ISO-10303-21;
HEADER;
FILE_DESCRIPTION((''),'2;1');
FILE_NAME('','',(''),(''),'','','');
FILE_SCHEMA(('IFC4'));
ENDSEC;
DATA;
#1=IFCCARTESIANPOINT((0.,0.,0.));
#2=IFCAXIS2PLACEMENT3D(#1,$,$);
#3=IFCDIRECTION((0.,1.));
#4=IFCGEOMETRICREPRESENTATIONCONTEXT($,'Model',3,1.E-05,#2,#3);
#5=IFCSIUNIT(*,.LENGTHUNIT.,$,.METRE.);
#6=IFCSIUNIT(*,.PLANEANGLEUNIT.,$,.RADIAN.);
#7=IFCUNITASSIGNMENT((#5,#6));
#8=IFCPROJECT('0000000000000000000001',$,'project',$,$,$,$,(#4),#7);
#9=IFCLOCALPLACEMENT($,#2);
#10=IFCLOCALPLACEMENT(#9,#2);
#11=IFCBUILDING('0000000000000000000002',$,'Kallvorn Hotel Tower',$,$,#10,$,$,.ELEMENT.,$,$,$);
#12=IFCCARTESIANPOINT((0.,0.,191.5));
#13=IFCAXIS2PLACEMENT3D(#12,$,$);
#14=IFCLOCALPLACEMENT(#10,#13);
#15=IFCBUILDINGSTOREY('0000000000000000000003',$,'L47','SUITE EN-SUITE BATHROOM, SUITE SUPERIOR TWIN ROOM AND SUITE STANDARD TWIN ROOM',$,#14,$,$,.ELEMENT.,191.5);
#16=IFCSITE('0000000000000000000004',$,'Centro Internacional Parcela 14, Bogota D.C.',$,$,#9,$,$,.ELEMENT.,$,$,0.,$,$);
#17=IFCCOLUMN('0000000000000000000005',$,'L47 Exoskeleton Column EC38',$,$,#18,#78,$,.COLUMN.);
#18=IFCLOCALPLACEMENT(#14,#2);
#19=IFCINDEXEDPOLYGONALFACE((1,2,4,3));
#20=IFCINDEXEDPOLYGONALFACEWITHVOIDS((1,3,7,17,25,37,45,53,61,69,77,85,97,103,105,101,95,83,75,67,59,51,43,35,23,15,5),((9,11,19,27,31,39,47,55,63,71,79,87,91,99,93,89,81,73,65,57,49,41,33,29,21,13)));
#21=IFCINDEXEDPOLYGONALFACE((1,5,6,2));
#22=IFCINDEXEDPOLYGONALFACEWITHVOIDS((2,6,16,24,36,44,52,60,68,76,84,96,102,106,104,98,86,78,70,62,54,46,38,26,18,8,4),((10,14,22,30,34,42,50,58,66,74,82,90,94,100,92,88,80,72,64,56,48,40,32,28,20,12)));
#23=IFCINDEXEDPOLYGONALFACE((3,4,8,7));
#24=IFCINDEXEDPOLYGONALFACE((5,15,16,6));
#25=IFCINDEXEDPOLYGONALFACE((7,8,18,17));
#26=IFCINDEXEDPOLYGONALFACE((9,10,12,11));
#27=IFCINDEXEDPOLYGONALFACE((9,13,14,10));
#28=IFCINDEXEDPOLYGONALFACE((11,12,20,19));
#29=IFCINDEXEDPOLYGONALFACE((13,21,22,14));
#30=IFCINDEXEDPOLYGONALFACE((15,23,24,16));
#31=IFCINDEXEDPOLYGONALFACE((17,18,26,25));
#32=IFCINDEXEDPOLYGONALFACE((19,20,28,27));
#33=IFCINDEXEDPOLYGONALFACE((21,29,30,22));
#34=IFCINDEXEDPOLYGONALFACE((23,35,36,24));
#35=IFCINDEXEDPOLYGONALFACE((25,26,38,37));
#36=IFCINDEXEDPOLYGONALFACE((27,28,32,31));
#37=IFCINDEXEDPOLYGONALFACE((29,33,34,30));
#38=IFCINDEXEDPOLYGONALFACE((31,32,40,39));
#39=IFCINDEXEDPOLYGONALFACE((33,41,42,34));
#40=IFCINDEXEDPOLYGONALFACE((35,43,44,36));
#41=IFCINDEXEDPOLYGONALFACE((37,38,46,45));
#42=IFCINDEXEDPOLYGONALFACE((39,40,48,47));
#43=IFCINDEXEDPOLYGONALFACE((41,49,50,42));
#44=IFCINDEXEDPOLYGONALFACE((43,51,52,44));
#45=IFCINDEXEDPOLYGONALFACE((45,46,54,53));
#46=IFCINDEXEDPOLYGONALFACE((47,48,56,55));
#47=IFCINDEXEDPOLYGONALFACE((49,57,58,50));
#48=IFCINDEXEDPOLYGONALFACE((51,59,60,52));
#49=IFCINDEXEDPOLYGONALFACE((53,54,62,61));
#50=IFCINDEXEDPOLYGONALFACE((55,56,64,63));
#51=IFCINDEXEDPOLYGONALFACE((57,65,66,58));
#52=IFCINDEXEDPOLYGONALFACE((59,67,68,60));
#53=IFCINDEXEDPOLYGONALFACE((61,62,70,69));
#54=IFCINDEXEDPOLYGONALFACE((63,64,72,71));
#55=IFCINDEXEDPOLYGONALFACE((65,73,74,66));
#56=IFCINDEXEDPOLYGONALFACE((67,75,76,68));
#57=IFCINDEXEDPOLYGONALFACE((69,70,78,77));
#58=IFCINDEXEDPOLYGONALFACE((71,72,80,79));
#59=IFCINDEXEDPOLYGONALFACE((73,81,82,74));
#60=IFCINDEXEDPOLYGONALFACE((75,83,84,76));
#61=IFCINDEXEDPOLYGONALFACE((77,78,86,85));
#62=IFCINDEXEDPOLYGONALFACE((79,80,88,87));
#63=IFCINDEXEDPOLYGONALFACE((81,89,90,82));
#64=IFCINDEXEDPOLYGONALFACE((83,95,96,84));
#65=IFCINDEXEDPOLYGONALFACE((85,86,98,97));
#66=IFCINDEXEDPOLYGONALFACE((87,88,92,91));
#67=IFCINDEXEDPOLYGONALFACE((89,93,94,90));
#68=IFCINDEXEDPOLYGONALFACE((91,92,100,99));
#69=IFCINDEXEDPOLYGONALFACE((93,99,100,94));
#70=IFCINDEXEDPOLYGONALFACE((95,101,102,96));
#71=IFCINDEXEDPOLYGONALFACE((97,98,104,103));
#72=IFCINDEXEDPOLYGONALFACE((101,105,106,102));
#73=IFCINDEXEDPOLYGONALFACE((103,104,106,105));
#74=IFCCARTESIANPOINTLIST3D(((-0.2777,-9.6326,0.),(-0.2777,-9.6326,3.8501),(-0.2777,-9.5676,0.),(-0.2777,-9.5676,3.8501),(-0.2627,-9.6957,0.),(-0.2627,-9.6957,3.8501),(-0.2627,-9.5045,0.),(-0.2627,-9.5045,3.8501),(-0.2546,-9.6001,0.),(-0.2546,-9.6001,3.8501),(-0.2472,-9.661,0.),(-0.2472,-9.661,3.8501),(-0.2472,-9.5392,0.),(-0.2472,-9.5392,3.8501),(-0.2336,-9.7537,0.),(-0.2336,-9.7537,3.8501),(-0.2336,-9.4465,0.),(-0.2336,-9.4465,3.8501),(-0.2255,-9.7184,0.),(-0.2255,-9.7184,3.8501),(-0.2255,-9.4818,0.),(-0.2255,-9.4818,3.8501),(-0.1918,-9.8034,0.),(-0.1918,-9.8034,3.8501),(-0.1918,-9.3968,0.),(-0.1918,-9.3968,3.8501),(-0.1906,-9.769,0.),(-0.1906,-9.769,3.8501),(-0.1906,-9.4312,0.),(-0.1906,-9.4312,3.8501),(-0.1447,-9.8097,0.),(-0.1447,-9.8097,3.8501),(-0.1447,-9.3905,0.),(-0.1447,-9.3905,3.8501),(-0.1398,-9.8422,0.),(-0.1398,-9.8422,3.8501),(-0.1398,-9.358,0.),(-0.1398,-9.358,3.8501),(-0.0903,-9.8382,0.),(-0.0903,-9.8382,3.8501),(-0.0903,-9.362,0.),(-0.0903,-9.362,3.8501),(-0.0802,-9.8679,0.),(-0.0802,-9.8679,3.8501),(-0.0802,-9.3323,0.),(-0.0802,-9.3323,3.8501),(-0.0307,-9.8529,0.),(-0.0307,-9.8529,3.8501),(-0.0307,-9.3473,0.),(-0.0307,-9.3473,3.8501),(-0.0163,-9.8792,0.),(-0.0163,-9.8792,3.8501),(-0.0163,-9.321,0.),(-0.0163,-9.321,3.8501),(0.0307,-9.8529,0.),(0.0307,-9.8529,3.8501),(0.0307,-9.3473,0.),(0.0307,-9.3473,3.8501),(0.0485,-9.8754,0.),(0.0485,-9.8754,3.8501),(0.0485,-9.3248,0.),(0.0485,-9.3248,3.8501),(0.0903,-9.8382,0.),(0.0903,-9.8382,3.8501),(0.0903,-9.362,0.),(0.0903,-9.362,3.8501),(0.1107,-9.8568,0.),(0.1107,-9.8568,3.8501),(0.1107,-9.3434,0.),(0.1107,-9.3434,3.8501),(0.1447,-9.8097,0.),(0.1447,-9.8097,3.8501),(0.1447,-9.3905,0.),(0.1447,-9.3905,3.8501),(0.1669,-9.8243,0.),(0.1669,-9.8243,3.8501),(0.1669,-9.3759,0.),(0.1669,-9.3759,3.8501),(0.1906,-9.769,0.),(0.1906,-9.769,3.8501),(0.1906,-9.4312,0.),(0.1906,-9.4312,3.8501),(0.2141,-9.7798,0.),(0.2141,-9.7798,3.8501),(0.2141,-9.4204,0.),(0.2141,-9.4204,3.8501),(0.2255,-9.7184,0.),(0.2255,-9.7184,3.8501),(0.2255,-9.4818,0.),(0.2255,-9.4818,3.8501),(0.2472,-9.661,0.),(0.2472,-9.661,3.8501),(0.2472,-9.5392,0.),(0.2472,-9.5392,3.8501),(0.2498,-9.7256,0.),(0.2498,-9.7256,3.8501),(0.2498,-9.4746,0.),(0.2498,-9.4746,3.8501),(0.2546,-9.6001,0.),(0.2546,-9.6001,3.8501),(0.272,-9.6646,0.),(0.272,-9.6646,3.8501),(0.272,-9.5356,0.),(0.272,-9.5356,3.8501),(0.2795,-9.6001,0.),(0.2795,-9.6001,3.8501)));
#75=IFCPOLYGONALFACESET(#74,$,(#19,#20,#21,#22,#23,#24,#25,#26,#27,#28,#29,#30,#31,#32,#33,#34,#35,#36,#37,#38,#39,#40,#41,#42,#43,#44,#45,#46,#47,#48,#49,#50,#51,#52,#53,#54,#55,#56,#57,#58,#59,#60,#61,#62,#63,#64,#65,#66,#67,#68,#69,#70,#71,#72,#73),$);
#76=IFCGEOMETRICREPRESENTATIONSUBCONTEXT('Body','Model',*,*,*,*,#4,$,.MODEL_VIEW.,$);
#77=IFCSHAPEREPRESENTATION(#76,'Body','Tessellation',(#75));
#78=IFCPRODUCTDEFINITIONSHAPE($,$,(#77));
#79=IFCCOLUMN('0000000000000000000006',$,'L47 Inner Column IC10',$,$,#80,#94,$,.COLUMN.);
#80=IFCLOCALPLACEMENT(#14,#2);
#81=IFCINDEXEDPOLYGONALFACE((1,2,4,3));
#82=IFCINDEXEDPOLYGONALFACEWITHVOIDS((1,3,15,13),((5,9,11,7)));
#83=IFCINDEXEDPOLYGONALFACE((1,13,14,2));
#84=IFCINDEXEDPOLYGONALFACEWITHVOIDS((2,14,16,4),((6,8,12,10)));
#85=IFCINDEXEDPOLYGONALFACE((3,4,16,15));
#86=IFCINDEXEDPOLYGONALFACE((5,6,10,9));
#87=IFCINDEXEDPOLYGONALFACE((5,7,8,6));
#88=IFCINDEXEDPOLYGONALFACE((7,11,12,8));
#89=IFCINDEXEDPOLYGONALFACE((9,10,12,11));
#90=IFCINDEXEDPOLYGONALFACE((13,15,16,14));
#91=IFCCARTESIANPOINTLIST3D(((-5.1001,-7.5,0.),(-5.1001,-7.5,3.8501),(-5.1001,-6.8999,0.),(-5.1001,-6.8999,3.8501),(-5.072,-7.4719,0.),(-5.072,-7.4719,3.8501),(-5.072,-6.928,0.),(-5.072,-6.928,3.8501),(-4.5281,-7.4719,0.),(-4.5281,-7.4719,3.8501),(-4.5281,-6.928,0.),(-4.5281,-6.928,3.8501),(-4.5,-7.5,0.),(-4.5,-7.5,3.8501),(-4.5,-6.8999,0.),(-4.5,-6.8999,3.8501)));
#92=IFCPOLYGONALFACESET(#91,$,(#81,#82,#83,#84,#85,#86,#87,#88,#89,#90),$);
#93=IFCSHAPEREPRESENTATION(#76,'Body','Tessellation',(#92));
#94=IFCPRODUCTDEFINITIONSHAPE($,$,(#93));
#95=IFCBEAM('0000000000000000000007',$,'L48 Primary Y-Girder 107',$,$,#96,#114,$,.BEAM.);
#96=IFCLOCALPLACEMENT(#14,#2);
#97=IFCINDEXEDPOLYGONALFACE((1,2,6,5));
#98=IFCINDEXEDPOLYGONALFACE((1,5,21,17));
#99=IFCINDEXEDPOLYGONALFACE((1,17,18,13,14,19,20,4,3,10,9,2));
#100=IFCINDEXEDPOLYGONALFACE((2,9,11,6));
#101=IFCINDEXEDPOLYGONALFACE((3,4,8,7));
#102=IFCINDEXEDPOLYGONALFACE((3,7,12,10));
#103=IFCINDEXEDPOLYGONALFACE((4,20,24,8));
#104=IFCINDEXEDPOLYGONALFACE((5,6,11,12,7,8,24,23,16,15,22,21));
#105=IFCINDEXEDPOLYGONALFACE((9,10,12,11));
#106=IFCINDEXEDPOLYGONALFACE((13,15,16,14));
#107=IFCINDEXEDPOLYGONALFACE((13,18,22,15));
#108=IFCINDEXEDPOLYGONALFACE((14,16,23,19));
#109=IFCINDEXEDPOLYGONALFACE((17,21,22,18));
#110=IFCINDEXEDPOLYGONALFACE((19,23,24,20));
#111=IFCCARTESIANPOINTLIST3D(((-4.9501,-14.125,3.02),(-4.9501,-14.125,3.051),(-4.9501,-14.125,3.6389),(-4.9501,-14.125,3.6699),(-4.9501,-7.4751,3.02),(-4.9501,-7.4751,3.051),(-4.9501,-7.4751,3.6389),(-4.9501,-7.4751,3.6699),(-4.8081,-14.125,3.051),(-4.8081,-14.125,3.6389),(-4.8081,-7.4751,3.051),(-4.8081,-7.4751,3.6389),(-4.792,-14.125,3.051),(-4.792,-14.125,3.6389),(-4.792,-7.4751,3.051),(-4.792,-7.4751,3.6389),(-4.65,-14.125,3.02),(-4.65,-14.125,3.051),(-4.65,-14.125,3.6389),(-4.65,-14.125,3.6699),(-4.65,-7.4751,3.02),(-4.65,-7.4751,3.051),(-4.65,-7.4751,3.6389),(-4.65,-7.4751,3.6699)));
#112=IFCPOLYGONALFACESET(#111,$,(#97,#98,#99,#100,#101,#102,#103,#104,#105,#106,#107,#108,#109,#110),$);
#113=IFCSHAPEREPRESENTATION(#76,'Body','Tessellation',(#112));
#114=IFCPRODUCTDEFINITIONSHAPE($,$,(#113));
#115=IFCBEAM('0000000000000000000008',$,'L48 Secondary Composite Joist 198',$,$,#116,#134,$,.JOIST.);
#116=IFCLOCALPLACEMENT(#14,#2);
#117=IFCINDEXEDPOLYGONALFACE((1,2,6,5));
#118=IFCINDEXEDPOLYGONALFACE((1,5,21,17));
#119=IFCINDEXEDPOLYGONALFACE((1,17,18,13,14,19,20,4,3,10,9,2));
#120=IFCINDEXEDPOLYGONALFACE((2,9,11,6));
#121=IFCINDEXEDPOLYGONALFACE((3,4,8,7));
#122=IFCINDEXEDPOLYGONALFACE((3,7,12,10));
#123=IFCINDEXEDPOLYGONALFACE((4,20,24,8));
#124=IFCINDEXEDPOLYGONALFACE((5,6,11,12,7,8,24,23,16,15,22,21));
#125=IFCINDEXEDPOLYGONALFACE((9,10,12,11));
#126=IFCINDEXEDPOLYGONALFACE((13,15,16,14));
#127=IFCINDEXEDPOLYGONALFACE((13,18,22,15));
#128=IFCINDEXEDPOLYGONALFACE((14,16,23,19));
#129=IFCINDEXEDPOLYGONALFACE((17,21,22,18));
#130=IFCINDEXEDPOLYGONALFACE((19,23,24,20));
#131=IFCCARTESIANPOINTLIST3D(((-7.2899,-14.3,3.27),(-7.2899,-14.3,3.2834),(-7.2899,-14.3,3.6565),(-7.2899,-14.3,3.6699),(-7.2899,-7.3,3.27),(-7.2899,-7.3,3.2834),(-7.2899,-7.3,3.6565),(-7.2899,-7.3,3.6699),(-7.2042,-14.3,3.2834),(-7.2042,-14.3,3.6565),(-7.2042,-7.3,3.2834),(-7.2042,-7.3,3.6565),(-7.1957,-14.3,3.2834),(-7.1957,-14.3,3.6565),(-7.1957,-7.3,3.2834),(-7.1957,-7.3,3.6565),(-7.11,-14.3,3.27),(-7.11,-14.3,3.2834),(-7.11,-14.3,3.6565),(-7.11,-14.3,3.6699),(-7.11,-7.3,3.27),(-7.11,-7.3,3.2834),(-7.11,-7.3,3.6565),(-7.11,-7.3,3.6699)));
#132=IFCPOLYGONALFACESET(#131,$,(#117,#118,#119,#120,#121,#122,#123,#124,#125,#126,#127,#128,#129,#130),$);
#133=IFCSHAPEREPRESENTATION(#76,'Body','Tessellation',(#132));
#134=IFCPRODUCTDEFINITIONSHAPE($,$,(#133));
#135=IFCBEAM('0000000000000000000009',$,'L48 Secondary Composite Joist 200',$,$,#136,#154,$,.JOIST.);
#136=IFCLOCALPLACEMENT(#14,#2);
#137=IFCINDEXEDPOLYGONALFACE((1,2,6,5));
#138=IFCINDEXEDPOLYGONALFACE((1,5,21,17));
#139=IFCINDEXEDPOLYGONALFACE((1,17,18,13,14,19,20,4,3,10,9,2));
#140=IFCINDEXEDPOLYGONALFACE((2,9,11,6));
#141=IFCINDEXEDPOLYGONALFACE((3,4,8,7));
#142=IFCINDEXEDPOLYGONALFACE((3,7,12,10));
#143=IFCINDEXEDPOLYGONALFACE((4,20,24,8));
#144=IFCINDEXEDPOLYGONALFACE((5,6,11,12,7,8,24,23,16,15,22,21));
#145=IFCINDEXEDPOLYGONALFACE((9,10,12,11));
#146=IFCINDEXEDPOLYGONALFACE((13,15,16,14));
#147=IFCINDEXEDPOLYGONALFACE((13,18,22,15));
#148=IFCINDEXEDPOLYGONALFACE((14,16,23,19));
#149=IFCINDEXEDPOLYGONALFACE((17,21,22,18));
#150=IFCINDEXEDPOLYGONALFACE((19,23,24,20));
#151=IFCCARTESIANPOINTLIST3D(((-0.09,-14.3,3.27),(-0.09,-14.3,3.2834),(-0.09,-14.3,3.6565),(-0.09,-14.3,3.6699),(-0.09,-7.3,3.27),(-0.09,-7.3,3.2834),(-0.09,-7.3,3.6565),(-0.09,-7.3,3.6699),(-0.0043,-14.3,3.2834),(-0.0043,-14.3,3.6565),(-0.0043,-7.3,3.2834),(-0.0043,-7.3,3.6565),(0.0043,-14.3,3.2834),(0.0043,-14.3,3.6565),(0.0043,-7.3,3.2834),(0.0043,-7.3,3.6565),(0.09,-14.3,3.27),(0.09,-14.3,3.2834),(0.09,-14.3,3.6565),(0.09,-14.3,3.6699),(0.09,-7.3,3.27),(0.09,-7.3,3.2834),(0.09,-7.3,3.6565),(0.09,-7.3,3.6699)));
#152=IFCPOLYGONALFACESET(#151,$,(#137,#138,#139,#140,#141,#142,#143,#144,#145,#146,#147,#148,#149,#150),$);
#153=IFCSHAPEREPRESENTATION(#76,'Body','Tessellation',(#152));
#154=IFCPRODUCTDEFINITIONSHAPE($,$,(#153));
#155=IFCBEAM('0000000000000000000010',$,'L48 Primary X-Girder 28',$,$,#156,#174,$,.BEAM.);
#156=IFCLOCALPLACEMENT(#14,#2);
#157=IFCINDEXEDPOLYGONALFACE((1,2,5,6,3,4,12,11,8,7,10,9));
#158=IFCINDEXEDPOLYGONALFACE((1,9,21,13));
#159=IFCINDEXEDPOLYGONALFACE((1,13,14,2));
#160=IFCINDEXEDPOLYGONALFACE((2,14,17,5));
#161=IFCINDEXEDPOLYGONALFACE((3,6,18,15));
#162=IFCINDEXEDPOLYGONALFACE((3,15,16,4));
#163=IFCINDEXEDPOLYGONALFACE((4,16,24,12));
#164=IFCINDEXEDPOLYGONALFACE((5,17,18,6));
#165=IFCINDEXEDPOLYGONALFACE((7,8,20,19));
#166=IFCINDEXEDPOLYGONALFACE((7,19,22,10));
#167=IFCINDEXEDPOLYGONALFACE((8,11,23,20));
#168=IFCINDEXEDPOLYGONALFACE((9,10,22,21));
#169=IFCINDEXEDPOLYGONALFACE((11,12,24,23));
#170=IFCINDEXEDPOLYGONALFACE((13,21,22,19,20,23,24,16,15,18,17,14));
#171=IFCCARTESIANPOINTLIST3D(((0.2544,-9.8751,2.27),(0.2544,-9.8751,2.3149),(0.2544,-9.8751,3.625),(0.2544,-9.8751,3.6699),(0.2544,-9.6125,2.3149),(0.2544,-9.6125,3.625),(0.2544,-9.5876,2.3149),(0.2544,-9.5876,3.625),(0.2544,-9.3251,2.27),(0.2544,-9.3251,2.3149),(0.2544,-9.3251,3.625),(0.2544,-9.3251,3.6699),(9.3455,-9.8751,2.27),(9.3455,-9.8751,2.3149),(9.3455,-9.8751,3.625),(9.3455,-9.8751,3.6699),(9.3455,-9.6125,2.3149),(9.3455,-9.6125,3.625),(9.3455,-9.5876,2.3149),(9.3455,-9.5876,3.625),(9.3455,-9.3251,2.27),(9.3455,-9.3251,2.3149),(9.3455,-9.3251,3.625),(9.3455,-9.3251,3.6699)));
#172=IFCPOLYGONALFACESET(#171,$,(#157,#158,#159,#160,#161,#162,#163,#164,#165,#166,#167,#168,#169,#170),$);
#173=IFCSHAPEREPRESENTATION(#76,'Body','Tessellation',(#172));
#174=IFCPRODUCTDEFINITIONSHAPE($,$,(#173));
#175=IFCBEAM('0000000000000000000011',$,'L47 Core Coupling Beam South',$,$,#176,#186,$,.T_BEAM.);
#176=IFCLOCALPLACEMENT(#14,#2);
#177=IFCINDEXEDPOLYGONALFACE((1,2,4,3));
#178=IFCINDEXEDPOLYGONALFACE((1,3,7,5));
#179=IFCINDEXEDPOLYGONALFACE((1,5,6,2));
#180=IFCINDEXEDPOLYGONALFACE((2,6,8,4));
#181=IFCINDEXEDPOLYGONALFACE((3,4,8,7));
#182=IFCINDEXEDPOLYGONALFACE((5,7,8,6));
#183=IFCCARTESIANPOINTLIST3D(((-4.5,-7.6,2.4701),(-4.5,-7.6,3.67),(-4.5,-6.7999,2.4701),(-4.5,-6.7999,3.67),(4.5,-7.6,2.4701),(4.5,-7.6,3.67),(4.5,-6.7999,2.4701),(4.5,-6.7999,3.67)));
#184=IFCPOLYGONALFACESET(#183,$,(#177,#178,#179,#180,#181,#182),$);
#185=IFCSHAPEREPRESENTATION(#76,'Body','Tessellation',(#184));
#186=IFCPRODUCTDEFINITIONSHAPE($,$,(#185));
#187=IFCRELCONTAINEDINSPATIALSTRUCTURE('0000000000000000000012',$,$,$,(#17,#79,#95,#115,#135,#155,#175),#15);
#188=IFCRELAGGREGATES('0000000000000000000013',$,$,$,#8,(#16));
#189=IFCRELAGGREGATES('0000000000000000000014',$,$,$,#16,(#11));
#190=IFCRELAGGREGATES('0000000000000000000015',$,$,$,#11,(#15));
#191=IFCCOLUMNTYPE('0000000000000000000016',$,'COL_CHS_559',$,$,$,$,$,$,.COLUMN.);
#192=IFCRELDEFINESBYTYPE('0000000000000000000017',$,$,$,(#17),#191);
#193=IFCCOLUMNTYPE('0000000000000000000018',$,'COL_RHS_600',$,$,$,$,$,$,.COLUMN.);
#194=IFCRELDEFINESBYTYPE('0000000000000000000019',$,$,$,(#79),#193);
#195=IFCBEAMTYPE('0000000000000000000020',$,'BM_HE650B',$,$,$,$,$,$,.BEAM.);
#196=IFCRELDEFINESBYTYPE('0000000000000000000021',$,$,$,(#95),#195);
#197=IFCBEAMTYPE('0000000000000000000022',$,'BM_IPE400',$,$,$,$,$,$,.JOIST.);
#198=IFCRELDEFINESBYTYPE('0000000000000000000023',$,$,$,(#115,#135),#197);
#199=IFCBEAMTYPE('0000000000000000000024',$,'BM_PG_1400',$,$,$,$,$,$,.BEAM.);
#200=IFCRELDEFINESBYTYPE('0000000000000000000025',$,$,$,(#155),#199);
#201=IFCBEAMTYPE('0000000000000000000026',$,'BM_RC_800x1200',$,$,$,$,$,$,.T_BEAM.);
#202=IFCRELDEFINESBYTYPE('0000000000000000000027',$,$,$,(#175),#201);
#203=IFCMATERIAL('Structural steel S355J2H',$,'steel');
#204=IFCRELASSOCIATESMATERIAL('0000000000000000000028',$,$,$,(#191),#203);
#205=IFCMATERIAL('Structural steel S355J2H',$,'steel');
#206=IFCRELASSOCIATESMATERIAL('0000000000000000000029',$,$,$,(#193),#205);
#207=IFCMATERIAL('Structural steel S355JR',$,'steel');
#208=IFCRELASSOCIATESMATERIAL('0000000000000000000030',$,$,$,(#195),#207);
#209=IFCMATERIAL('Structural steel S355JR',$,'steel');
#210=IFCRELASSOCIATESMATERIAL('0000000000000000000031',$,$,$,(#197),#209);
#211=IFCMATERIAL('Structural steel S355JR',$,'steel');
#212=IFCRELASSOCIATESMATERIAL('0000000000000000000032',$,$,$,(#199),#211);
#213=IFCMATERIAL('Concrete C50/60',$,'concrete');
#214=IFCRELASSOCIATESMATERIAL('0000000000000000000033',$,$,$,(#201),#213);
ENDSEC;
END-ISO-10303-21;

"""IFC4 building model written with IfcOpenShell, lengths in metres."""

from ifc_helpers import new_model, si_unit, direction, frame, origin, origin_2d, place, context, subcontext, project, spatial, rectangle, hollow_rectangle, hollow_circle, i_section, extrude, material, material_profile, profile_set, type_object, element, save


model = new_model("IFC4")

# Units and contexts
model_context = context("Model", 3, precision=1e-05, world=origin(), true_north=direction((0.0, 1.0)))
body_context = subcontext(model_context, "Body", "Model", "MODEL_VIEW")
ifc_project = project(units=[si_unit("LENGTHUNIT", "METRE"), si_unit("PLANEANGLEUNIT", "RADIAN")], contexts=[model_context])

# Site, building, storey
site_placement = place(None, origin())
site = spatial("IfcSite", under=ifc_project, at=site_placement, Name="Centro Internacional Parcela 14, Bogota D.C.", CompositionType="ELEMENT", RefElevation=0.0)
building_placement = place(site_placement, origin())
building = spatial("IfcBuilding", under=site, at=building_placement, Name="Kallvorn Hotel Tower", CompositionType="ELEMENT")
storey_placement = place(building_placement, frame((0.0, 0.0, 191.5)))
storey = spatial("IfcBuildingStorey", under=building, at=storey_placement, Name="L47", Description="SUITE EN-SUITE BATHROOM, SUITE SUPERIOR TWIN ROOM AND SUITE STANDARD TWIN ROOM", CompositionType="ELEMENT", Elevation=191.5)

# Columns
ifc_material_1 = material(Name="Structural steel S355J2H", Category="steel")
ifc_material_profile_1 = material_profile(ifc_material_1, hollow_circle(Radius=0.2795, WallThickness=0.0249, at=origin_2d()), Name="CHS 559x25")
ifc_profile_set_1 = profile_set([ifc_material_profile_1], Name="Structural steel S355J2H")
column_type_1 = type_object("IfcColumnType", Name="COL_CHS_559", PredefinedType="COLUMN", material=ifc_profile_set_1)
column_1_placement = place(storey_placement, frame((0.0, -9.6001, 0.0), z_axis=(0.0, 0.0, 1.0), x_axis=(1.0, 0.0, 0.0)))
element("IfcColumn", 1, at=column_1_placement, inside=storey, type_object=column_type_1, Name="L47 Exoskeleton Column EC38", PredefinedType="COLUMN", context=body_context, shape_type="SweptSolid", body=[
    extrude(hollow_circle(Radius=0.2795, WallThickness=0.0249, at=origin_2d()), origin(), (0.0, 0.0, 1.0), 3.8501),
])
ifc_material_2 = material(Name="Structural steel S355J2H", Category="steel")
ifc_material_profile_2 = material_profile(ifc_material_2, hollow_rectangle(XDim=0.6001, YDim=0.6001, WallThickness=0.0281, at=origin_2d()), Name="RHS 600x600x28")
ifc_profile_set_2 = profile_set([ifc_material_profile_2], Name="Structural steel S355J2H")
column_type_2 = type_object("IfcColumnType", Name="COL_RHS_600", PredefinedType="COLUMN", material=ifc_profile_set_2)
column_2_placement = place(storey_placement, frame((-4.8, -7.2, 0.0), z_axis=(0.0, 0.0, 1.0), x_axis=(1.0, 0.0, 0.0)))
element("IfcColumn", 2, at=column_2_placement, inside=storey, type_object=column_type_2, Name="L47 Inner Column IC10", PredefinedType="COLUMN", context=body_context, shape_type="SweptSolid", body=[
    extrude(hollow_rectangle(XDim=0.6001, YDim=0.6001, WallThickness=0.0281, at=origin_2d()), origin(), (0.0, 0.0, 1.0), 3.8501),
])

# Beams
ifc_material_3 = material(Name="Structural steel S355JR", Category="steel")
ifc_material_profile_3 = material_profile(ifc_material_3, i_section(OverallWidth=0.3, OverallDepth=0.6499, WebThickness=0.0161, FlangeThickness=0.031, at=origin_2d()), Name="HE 650 B")
ifc_profile_set_3 = profile_set([ifc_material_profile_3], Name="Structural steel S355JR")
beam_type_1 = type_object("IfcBeamType", Name="BM_HE650B", PredefinedType="BEAM", material=ifc_profile_set_3)
beam_1_placement = place(storey_placement, frame((-4.8, -14.125, 3.345), z_axis=(0.0, 1.0, 0.0), x_axis=(-1.0, 0.0, 0.0)))
element("IfcBeam", 3, at=beam_1_placement, inside=storey, type_object=beam_type_1, Name="L48 Primary Y-Girder 107", PredefinedType="BEAM", context=body_context, shape_type="SweptSolid", body=[
    extrude(i_section(OverallWidth=0.3, OverallDepth=0.6499, WebThickness=0.0161, FlangeThickness=0.031, at=origin_2d()), origin(), (0.0, 0.0, 1.0), 6.6499),
])
ifc_material_4 = material(Name="Structural steel S355JR", Category="steel")
ifc_material_profile_4 = material_profile(ifc_material_4, i_section(OverallWidth=0.1799, OverallDepth=0.3999, WebThickness=0.0085, FlangeThickness=0.0134, at=origin_2d()), Name="IPE 400")
ifc_profile_set_4 = profile_set([ifc_material_profile_4], Name="Structural steel S355JR")
beam_type_2 = type_object("IfcBeamType", Name="BM_IPE400", PredefinedType="JOIST", material=ifc_profile_set_4)
for number, where, z_axis, x_axis, name in (
    (4, (-7.2, -14.3, 3.47), (0.0, 1.0, 0.0), (-1.0, 0.0, 0.0), "L48 Secondary Composite Joist 198"),
    (5, (0.0, -14.3, 3.47), (0.0, 1.0, 0.0), (-1.0, 0.0, 0.0), "L48 Secondary Composite Joist 200"),
):
    element("IfcBeam", number, at=place(storey_placement, frame(where, z_axis=z_axis, x_axis=x_axis)), inside=storey, type_object=beam_type_2, Name=name, PredefinedType="JOIST", context=body_context, shape_type="SweptSolid", body=[
        extrude(i_section(OverallWidth=0.1799, OverallDepth=0.3999, WebThickness=0.0085, FlangeThickness=0.0134, at=origin_2d()), origin(), (0.0, 0.0, 1.0), 7.0),
    ])
ifc_material_5 = material(Name="Structural steel S355JR", Category="steel")
ifc_material_profile_5 = material_profile(ifc_material_5, i_section(OverallWidth=0.55, OverallDepth=1.3999, WebThickness=0.0249, FlangeThickness=0.0449, at=origin_2d()), Name="PG 1400x550x25x45")
ifc_profile_set_5 = profile_set([ifc_material_profile_5], Name="Structural steel S355JR")
beam_type_3 = type_object("IfcBeamType", Name="BM_PG_1400", PredefinedType="BEAM", material=ifc_profile_set_5)
beam_2_placement = place(storey_placement, frame((0.2544, -9.6001, 2.97), z_axis=(1.0, 0.0, 0.0), x_axis=(0.0, 1.0, 0.0)))
element("IfcBeam", 6, at=beam_2_placement, inside=storey, type_object=beam_type_3, Name="L48 Primary X-Girder 28", PredefinedType="BEAM", context=body_context, shape_type="SweptSolid", body=[
    extrude(i_section(OverallWidth=0.55, OverallDepth=1.3999, WebThickness=0.0249, FlangeThickness=0.0449, at=origin_2d()), origin(), (0.0, 0.0, 1.0), 9.0911),
])
ifc_material_6 = material(Name="Concrete C50/60", Category="concrete")
ifc_material_profile_6 = material_profile(ifc_material_6, rectangle(XDim=0.8, YDim=1.2, at=origin_2d()), Name="RC 800x1200")
ifc_profile_set_6 = profile_set([ifc_material_profile_6], Name="Concrete C50/60")
beam_type_4 = type_object("IfcBeamType", Name="BM_RC_800x1200", PredefinedType="T_BEAM", material=ifc_profile_set_6)
beam_3_placement = place(storey_placement, frame((-4.5, -7.2, 3.0701), z_axis=(1.0, 0.0, 0.0), x_axis=(0.0, 1.0, 0.0)))
element("IfcBeam", 7, at=beam_3_placement, inside=storey, type_object=beam_type_4, Name="L47 Core Coupling Beam South", PredefinedType="T_BEAM", context=body_context, shape_type="SweptSolid", body=[
    extrude(rectangle(XDim=0.8, YDim=1.2, at=origin_2d()), origin(), (0.0, 0.0, 1.0), 9.0),
])

save(model, "model.ifc")
